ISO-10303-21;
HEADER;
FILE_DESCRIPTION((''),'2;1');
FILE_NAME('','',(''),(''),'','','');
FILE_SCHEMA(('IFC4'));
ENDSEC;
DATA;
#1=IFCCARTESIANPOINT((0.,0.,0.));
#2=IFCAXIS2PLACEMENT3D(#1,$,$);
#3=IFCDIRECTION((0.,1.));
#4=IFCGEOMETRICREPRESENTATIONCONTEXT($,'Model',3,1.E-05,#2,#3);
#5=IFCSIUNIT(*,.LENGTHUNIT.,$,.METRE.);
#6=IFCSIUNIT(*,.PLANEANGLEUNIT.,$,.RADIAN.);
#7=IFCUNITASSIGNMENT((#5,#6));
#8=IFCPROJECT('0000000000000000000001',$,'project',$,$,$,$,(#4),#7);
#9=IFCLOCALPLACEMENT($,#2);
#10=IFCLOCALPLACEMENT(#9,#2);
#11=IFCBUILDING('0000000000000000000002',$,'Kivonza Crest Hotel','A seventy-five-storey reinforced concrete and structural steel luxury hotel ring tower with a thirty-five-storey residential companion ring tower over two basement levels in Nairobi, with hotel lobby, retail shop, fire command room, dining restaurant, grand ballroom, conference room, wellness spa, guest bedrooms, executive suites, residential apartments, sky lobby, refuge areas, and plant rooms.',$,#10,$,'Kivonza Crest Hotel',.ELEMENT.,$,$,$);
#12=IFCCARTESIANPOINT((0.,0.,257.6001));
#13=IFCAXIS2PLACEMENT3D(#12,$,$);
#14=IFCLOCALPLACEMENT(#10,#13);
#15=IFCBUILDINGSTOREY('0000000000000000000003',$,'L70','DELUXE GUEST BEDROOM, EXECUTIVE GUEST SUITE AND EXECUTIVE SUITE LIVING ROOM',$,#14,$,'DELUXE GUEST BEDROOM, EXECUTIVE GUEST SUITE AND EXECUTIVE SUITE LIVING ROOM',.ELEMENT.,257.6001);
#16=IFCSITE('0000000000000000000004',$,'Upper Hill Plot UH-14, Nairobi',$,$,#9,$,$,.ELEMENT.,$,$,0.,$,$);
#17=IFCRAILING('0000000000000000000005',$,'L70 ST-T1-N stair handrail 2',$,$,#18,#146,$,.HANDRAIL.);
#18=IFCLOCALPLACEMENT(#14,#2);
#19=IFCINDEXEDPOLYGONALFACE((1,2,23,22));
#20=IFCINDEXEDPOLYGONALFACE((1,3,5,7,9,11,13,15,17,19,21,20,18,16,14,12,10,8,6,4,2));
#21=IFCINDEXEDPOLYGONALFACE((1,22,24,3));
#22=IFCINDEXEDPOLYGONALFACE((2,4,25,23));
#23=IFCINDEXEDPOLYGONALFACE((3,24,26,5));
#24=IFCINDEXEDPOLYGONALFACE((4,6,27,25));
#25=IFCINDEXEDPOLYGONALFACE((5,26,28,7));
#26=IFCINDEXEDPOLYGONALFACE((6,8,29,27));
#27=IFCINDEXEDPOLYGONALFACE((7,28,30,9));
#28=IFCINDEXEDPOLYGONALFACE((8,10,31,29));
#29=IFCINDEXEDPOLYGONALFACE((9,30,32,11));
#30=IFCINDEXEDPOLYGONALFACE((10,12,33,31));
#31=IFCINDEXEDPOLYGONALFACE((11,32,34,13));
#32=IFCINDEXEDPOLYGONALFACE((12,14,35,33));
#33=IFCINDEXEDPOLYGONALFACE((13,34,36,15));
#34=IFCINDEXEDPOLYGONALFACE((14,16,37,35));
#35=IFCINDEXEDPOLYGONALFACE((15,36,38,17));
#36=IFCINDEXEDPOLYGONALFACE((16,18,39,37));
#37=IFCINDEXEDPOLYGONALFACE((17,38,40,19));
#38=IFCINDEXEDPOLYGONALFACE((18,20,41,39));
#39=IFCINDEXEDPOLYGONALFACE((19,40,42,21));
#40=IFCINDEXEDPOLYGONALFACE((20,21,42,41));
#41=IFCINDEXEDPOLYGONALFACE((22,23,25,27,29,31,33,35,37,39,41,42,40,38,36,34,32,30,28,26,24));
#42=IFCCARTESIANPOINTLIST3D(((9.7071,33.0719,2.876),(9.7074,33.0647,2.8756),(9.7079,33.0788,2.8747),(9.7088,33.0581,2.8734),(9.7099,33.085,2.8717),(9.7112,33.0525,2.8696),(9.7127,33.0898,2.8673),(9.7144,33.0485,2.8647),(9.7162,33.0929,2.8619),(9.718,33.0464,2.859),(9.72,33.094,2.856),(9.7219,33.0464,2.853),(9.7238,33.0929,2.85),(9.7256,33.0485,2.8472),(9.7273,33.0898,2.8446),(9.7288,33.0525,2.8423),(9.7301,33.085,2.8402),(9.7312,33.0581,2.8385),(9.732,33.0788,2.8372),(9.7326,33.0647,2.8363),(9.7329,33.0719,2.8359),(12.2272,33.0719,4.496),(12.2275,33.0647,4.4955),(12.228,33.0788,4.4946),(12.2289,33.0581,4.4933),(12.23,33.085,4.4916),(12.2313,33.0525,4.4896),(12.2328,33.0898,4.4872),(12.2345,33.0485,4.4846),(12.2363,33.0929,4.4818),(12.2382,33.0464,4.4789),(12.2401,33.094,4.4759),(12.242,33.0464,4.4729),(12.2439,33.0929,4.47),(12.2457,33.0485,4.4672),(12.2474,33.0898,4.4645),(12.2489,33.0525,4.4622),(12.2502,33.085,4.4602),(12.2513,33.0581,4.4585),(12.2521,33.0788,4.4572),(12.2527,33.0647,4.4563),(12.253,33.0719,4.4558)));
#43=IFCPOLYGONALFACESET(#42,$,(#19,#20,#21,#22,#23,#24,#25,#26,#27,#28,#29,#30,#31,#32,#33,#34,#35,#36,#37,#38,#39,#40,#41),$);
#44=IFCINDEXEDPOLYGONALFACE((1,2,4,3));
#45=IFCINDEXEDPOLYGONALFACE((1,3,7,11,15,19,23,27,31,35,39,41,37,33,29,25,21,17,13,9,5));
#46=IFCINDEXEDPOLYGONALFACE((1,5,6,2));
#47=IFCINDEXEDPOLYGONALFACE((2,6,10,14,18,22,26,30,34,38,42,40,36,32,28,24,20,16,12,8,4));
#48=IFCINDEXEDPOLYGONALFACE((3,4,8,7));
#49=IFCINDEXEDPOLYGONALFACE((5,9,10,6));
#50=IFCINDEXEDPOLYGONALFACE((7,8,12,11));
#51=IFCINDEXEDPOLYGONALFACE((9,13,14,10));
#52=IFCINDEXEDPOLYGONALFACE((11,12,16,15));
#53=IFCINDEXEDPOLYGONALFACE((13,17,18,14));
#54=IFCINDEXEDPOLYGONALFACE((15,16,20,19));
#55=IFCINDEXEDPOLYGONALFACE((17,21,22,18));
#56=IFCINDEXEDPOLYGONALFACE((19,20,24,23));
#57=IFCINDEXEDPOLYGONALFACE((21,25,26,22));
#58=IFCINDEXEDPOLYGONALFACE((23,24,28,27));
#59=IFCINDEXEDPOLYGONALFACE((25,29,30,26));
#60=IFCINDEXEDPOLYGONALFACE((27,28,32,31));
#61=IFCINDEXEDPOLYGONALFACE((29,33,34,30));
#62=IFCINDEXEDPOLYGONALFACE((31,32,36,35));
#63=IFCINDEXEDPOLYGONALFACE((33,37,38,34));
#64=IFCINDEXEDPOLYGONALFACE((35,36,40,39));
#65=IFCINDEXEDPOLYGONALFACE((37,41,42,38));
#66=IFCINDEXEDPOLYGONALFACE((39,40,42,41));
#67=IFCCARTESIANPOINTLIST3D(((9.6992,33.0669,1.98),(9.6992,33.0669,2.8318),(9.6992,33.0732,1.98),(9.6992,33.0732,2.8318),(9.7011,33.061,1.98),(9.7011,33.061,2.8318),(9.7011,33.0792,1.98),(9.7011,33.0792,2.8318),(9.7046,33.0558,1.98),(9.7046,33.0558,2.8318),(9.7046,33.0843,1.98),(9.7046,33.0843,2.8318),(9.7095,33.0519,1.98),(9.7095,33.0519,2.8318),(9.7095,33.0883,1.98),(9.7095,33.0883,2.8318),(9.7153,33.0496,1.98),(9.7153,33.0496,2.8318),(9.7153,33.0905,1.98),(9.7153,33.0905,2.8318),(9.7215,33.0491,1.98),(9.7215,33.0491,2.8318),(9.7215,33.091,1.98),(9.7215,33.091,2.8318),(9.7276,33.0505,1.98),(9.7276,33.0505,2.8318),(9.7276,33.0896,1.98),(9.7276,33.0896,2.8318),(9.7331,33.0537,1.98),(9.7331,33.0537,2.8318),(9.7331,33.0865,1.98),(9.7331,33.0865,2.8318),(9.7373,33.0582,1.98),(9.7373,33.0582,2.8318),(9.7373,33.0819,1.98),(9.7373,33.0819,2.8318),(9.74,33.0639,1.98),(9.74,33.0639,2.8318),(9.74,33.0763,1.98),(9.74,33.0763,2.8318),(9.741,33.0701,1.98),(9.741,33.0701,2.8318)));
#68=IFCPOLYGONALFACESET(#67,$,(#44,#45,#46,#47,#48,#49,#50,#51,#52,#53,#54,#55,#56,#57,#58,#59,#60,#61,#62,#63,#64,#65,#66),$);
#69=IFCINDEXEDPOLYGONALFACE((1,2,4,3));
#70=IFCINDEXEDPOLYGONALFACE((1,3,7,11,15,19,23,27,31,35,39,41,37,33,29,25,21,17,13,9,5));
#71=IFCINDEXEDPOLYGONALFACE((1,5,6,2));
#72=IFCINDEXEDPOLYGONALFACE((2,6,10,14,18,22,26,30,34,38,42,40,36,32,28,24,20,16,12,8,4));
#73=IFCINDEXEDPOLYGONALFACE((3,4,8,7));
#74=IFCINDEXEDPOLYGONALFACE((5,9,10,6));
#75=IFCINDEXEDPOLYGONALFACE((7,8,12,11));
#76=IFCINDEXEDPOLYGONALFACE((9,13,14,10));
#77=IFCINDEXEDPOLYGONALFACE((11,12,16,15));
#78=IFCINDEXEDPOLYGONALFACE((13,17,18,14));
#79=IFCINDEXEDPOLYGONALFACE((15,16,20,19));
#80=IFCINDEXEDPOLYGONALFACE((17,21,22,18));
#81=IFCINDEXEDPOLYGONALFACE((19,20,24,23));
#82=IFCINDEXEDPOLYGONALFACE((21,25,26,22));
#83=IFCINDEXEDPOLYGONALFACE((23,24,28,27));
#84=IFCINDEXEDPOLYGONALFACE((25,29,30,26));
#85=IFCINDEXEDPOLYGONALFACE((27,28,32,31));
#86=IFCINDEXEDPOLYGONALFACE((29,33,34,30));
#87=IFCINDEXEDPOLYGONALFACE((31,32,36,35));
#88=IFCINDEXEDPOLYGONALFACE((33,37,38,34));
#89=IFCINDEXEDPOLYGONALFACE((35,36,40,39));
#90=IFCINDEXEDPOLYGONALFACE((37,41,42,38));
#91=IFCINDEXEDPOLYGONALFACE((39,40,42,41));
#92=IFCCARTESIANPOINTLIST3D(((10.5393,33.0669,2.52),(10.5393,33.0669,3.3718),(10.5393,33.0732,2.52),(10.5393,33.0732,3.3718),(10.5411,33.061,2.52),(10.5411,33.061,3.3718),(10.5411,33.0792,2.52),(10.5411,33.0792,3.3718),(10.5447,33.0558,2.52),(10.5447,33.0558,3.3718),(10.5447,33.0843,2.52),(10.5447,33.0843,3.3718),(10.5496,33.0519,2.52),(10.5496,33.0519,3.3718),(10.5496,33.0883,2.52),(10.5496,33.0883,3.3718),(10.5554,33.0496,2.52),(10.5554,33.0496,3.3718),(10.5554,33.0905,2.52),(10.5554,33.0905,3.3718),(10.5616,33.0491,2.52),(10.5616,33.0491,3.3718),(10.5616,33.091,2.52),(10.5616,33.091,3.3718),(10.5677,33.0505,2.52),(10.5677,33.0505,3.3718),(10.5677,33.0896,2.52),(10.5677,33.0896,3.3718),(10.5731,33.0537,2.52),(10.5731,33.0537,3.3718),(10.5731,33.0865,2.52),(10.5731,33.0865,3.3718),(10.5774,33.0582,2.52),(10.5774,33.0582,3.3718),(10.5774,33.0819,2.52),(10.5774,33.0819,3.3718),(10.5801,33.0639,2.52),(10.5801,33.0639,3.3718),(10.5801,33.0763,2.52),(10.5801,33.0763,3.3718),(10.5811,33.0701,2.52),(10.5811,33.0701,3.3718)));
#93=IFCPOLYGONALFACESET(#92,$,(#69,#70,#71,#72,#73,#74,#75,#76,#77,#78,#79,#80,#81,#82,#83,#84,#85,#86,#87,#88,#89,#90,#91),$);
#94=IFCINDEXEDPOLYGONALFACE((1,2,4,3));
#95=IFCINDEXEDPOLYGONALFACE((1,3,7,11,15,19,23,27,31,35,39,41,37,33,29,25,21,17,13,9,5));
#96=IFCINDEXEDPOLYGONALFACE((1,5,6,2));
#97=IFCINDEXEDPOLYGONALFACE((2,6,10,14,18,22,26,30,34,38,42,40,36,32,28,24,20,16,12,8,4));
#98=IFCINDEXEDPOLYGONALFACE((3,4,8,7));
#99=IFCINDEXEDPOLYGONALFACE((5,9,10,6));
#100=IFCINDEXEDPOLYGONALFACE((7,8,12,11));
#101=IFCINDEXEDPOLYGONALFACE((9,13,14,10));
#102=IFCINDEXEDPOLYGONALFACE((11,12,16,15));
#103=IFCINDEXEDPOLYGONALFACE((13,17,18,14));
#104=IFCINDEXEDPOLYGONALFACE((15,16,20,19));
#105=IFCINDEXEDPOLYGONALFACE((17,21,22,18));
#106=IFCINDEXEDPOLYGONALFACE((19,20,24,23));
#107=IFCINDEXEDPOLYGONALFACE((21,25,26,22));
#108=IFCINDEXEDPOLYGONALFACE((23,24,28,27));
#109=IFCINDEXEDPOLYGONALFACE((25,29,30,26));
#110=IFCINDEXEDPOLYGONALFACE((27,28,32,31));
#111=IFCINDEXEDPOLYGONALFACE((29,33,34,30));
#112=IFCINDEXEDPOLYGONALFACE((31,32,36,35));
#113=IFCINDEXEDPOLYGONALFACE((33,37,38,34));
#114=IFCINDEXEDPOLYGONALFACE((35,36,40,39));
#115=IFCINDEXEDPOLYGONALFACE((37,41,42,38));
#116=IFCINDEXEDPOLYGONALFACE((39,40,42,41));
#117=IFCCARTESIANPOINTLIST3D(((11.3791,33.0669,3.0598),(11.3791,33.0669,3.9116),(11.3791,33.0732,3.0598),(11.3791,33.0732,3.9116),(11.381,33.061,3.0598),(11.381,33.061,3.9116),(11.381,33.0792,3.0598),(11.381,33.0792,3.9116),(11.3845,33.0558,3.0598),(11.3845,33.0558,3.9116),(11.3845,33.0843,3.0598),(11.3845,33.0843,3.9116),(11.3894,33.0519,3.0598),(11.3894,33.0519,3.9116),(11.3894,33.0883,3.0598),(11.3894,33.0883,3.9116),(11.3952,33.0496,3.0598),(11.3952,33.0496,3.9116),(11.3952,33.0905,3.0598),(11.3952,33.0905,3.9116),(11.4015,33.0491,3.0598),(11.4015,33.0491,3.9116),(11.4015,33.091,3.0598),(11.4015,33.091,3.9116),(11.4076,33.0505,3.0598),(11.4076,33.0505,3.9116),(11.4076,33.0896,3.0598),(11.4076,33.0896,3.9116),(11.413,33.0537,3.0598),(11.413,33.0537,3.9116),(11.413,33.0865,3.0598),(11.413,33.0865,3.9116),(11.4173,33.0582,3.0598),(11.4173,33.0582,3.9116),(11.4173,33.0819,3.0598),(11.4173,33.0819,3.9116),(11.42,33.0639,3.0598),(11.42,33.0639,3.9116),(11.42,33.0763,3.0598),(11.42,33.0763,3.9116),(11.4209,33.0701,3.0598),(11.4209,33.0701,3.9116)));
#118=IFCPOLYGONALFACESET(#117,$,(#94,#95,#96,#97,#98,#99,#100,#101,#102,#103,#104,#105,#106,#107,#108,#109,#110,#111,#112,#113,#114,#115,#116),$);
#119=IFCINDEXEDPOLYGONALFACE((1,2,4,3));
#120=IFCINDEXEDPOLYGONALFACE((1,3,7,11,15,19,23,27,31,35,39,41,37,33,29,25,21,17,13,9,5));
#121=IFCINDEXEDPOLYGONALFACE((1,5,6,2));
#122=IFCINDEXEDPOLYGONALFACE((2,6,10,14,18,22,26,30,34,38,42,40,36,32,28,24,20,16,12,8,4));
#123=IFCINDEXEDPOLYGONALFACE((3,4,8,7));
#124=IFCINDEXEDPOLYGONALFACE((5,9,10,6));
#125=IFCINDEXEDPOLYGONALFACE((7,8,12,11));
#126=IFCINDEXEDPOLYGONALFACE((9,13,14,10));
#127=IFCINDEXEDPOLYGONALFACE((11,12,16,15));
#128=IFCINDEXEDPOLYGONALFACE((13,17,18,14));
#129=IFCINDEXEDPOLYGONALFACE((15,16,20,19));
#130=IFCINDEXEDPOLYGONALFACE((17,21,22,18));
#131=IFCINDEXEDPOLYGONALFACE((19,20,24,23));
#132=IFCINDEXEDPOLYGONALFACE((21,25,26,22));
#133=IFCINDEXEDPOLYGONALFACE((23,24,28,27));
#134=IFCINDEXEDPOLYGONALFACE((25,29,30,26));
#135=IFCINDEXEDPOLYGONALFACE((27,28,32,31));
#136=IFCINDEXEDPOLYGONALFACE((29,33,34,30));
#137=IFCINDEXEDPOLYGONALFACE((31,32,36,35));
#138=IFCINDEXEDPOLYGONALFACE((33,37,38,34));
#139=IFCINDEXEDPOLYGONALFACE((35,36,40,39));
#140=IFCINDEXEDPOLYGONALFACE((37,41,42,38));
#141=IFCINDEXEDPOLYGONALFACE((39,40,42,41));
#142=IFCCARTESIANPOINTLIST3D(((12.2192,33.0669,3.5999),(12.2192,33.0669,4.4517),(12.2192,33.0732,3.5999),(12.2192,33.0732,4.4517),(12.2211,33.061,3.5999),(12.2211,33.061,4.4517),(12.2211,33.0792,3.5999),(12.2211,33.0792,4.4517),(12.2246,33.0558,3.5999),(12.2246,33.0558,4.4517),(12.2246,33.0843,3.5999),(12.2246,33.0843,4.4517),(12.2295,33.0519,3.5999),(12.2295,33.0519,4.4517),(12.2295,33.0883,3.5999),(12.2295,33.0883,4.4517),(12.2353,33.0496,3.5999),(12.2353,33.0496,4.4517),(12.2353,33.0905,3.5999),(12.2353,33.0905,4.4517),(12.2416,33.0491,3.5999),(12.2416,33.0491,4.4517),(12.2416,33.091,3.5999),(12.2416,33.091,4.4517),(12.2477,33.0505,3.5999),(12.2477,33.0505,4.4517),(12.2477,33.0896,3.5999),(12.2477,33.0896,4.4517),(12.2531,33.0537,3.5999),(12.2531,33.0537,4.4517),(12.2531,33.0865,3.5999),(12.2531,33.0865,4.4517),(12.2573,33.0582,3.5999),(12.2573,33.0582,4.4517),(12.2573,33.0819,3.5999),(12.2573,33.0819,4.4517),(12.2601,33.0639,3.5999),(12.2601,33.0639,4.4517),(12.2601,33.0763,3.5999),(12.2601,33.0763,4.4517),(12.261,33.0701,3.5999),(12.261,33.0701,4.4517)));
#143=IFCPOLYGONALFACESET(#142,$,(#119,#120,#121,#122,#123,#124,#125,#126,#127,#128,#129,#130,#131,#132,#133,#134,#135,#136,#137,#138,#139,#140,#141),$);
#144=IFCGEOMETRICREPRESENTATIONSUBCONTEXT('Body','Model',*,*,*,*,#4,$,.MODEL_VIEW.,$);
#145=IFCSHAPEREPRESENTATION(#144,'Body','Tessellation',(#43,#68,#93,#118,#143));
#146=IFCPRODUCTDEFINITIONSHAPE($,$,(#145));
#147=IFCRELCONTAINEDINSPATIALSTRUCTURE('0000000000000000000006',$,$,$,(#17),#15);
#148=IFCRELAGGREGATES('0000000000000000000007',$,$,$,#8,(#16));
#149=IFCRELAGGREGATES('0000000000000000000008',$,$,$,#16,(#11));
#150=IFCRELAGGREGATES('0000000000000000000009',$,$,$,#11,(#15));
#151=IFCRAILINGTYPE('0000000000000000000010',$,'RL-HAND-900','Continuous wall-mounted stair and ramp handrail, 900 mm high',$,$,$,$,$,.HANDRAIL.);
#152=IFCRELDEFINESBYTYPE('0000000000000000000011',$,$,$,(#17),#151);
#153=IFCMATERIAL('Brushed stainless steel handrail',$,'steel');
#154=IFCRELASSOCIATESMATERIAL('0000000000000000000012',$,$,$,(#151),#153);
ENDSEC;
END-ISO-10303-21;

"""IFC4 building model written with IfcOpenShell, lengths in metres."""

from ifc_helpers import new_model, si_unit, direction, frame, origin, origin_2d, place, context, subcontext, project, spatial, circle, extrude, material, type_object, element, save


model = new_model("IFC4")

# Units and contexts
model_context = context("Model", 3, precision=1e-05, world=origin(), true_north=direction((0.0, 1.0)))
body_context = subcontext(model_context, "Body", "Model", "MODEL_VIEW")
ifc_project = project(units=[si_unit("LENGTHUNIT", "METRE"), si_unit("PLANEANGLEUNIT", "RADIAN")], contexts=[model_context])

# Site, building, storey
site_placement = place(None, origin())
site = spatial("IfcSite", under=ifc_project, at=site_placement, Name="Upper Hill Plot UH-14, Nairobi", CompositionType="ELEMENT", RefElevation=0.0)
building_placement = place(site_placement, origin())
building = spatial("IfcBuilding", under=site, at=building_placement, Name="Kivonza Crest Hotel", Description="A seventy-five-storey reinforced concrete and structural steel luxury hotel ring tower with a thirty-five-storey residential companion ring tower over two basement levels in Nairobi, with hotel lobby, retail shop, fire command room, dining restaurant, grand ballroom, conference room, wellness spa, guest bedrooms, executive suites, residential apartments, sky lobby, refuge areas, and plant rooms.", LongName="Kivonza Crest Hotel", CompositionType="ELEMENT")
storey_placement = place(building_placement, frame((0.0, 0.0, 257.6001)))
storey = spatial("IfcBuildingStorey", under=building, at=storey_placement, Name="L70", Description="DELUXE GUEST BEDROOM, EXECUTIVE GUEST SUITE AND EXECUTIVE SUITE LIVING ROOM", LongName="DELUXE GUEST BEDROOM, EXECUTIVE GUEST SUITE AND EXECUTIVE SUITE LIVING ROOM", CompositionType="ELEMENT", Elevation=257.6001)

# Railing
ifc_material_1 = material(Name="Brushed stainless steel handrail", Category="steel")
railing_type_1 = type_object("IfcRailingType", Name="RL-HAND-900", Description="Continuous wall-mounted stair and ramp handrail, 900 mm high", PredefinedType="HANDRAIL", material=ifc_material_1)
railing_1_placement = place(storey_placement, frame((9.72, 33.0701, 1.98)))
element("IfcRailing", 1, at=railing_1_placement, inside=storey, type_object=railing_type_1, Name="L70 ST-T1-N stair handrail 2", PredefinedType="HANDRAIL", context=body_context, shape_type="SweptSolid", body=[
    extrude(circle(Radius=0.0239, at=origin_2d()), frame((0.0, 0.0, 0.876), z_axis=(0.8412, 0.0, 0.540725), x_axis=(0.0, 1.0, 0.0)), (0.0, 0.0, 1.0), 2.9958),
    extrude(circle(Radius=0.021, at=origin_2d()), origin(), (0.0, 0.0, 1.0), 0.8518),
    extrude(circle(Radius=0.021, at=origin_2d()), frame((0.8401, 0.0, 0.54)), (0.0, 0.0, 1.0), 0.8518),
    extrude(circle(Radius=0.021, at=origin_2d()), frame((1.6799, 0.0, 1.0798)), (0.0, 0.0, 1.0), 0.8518),
    extrude(circle(Radius=0.021, at=origin_2d()), frame((2.52, 0.0, 1.6199)), (0.0, 0.0, 1.0), 0.8518),
])

save(model, "model.ifc")
